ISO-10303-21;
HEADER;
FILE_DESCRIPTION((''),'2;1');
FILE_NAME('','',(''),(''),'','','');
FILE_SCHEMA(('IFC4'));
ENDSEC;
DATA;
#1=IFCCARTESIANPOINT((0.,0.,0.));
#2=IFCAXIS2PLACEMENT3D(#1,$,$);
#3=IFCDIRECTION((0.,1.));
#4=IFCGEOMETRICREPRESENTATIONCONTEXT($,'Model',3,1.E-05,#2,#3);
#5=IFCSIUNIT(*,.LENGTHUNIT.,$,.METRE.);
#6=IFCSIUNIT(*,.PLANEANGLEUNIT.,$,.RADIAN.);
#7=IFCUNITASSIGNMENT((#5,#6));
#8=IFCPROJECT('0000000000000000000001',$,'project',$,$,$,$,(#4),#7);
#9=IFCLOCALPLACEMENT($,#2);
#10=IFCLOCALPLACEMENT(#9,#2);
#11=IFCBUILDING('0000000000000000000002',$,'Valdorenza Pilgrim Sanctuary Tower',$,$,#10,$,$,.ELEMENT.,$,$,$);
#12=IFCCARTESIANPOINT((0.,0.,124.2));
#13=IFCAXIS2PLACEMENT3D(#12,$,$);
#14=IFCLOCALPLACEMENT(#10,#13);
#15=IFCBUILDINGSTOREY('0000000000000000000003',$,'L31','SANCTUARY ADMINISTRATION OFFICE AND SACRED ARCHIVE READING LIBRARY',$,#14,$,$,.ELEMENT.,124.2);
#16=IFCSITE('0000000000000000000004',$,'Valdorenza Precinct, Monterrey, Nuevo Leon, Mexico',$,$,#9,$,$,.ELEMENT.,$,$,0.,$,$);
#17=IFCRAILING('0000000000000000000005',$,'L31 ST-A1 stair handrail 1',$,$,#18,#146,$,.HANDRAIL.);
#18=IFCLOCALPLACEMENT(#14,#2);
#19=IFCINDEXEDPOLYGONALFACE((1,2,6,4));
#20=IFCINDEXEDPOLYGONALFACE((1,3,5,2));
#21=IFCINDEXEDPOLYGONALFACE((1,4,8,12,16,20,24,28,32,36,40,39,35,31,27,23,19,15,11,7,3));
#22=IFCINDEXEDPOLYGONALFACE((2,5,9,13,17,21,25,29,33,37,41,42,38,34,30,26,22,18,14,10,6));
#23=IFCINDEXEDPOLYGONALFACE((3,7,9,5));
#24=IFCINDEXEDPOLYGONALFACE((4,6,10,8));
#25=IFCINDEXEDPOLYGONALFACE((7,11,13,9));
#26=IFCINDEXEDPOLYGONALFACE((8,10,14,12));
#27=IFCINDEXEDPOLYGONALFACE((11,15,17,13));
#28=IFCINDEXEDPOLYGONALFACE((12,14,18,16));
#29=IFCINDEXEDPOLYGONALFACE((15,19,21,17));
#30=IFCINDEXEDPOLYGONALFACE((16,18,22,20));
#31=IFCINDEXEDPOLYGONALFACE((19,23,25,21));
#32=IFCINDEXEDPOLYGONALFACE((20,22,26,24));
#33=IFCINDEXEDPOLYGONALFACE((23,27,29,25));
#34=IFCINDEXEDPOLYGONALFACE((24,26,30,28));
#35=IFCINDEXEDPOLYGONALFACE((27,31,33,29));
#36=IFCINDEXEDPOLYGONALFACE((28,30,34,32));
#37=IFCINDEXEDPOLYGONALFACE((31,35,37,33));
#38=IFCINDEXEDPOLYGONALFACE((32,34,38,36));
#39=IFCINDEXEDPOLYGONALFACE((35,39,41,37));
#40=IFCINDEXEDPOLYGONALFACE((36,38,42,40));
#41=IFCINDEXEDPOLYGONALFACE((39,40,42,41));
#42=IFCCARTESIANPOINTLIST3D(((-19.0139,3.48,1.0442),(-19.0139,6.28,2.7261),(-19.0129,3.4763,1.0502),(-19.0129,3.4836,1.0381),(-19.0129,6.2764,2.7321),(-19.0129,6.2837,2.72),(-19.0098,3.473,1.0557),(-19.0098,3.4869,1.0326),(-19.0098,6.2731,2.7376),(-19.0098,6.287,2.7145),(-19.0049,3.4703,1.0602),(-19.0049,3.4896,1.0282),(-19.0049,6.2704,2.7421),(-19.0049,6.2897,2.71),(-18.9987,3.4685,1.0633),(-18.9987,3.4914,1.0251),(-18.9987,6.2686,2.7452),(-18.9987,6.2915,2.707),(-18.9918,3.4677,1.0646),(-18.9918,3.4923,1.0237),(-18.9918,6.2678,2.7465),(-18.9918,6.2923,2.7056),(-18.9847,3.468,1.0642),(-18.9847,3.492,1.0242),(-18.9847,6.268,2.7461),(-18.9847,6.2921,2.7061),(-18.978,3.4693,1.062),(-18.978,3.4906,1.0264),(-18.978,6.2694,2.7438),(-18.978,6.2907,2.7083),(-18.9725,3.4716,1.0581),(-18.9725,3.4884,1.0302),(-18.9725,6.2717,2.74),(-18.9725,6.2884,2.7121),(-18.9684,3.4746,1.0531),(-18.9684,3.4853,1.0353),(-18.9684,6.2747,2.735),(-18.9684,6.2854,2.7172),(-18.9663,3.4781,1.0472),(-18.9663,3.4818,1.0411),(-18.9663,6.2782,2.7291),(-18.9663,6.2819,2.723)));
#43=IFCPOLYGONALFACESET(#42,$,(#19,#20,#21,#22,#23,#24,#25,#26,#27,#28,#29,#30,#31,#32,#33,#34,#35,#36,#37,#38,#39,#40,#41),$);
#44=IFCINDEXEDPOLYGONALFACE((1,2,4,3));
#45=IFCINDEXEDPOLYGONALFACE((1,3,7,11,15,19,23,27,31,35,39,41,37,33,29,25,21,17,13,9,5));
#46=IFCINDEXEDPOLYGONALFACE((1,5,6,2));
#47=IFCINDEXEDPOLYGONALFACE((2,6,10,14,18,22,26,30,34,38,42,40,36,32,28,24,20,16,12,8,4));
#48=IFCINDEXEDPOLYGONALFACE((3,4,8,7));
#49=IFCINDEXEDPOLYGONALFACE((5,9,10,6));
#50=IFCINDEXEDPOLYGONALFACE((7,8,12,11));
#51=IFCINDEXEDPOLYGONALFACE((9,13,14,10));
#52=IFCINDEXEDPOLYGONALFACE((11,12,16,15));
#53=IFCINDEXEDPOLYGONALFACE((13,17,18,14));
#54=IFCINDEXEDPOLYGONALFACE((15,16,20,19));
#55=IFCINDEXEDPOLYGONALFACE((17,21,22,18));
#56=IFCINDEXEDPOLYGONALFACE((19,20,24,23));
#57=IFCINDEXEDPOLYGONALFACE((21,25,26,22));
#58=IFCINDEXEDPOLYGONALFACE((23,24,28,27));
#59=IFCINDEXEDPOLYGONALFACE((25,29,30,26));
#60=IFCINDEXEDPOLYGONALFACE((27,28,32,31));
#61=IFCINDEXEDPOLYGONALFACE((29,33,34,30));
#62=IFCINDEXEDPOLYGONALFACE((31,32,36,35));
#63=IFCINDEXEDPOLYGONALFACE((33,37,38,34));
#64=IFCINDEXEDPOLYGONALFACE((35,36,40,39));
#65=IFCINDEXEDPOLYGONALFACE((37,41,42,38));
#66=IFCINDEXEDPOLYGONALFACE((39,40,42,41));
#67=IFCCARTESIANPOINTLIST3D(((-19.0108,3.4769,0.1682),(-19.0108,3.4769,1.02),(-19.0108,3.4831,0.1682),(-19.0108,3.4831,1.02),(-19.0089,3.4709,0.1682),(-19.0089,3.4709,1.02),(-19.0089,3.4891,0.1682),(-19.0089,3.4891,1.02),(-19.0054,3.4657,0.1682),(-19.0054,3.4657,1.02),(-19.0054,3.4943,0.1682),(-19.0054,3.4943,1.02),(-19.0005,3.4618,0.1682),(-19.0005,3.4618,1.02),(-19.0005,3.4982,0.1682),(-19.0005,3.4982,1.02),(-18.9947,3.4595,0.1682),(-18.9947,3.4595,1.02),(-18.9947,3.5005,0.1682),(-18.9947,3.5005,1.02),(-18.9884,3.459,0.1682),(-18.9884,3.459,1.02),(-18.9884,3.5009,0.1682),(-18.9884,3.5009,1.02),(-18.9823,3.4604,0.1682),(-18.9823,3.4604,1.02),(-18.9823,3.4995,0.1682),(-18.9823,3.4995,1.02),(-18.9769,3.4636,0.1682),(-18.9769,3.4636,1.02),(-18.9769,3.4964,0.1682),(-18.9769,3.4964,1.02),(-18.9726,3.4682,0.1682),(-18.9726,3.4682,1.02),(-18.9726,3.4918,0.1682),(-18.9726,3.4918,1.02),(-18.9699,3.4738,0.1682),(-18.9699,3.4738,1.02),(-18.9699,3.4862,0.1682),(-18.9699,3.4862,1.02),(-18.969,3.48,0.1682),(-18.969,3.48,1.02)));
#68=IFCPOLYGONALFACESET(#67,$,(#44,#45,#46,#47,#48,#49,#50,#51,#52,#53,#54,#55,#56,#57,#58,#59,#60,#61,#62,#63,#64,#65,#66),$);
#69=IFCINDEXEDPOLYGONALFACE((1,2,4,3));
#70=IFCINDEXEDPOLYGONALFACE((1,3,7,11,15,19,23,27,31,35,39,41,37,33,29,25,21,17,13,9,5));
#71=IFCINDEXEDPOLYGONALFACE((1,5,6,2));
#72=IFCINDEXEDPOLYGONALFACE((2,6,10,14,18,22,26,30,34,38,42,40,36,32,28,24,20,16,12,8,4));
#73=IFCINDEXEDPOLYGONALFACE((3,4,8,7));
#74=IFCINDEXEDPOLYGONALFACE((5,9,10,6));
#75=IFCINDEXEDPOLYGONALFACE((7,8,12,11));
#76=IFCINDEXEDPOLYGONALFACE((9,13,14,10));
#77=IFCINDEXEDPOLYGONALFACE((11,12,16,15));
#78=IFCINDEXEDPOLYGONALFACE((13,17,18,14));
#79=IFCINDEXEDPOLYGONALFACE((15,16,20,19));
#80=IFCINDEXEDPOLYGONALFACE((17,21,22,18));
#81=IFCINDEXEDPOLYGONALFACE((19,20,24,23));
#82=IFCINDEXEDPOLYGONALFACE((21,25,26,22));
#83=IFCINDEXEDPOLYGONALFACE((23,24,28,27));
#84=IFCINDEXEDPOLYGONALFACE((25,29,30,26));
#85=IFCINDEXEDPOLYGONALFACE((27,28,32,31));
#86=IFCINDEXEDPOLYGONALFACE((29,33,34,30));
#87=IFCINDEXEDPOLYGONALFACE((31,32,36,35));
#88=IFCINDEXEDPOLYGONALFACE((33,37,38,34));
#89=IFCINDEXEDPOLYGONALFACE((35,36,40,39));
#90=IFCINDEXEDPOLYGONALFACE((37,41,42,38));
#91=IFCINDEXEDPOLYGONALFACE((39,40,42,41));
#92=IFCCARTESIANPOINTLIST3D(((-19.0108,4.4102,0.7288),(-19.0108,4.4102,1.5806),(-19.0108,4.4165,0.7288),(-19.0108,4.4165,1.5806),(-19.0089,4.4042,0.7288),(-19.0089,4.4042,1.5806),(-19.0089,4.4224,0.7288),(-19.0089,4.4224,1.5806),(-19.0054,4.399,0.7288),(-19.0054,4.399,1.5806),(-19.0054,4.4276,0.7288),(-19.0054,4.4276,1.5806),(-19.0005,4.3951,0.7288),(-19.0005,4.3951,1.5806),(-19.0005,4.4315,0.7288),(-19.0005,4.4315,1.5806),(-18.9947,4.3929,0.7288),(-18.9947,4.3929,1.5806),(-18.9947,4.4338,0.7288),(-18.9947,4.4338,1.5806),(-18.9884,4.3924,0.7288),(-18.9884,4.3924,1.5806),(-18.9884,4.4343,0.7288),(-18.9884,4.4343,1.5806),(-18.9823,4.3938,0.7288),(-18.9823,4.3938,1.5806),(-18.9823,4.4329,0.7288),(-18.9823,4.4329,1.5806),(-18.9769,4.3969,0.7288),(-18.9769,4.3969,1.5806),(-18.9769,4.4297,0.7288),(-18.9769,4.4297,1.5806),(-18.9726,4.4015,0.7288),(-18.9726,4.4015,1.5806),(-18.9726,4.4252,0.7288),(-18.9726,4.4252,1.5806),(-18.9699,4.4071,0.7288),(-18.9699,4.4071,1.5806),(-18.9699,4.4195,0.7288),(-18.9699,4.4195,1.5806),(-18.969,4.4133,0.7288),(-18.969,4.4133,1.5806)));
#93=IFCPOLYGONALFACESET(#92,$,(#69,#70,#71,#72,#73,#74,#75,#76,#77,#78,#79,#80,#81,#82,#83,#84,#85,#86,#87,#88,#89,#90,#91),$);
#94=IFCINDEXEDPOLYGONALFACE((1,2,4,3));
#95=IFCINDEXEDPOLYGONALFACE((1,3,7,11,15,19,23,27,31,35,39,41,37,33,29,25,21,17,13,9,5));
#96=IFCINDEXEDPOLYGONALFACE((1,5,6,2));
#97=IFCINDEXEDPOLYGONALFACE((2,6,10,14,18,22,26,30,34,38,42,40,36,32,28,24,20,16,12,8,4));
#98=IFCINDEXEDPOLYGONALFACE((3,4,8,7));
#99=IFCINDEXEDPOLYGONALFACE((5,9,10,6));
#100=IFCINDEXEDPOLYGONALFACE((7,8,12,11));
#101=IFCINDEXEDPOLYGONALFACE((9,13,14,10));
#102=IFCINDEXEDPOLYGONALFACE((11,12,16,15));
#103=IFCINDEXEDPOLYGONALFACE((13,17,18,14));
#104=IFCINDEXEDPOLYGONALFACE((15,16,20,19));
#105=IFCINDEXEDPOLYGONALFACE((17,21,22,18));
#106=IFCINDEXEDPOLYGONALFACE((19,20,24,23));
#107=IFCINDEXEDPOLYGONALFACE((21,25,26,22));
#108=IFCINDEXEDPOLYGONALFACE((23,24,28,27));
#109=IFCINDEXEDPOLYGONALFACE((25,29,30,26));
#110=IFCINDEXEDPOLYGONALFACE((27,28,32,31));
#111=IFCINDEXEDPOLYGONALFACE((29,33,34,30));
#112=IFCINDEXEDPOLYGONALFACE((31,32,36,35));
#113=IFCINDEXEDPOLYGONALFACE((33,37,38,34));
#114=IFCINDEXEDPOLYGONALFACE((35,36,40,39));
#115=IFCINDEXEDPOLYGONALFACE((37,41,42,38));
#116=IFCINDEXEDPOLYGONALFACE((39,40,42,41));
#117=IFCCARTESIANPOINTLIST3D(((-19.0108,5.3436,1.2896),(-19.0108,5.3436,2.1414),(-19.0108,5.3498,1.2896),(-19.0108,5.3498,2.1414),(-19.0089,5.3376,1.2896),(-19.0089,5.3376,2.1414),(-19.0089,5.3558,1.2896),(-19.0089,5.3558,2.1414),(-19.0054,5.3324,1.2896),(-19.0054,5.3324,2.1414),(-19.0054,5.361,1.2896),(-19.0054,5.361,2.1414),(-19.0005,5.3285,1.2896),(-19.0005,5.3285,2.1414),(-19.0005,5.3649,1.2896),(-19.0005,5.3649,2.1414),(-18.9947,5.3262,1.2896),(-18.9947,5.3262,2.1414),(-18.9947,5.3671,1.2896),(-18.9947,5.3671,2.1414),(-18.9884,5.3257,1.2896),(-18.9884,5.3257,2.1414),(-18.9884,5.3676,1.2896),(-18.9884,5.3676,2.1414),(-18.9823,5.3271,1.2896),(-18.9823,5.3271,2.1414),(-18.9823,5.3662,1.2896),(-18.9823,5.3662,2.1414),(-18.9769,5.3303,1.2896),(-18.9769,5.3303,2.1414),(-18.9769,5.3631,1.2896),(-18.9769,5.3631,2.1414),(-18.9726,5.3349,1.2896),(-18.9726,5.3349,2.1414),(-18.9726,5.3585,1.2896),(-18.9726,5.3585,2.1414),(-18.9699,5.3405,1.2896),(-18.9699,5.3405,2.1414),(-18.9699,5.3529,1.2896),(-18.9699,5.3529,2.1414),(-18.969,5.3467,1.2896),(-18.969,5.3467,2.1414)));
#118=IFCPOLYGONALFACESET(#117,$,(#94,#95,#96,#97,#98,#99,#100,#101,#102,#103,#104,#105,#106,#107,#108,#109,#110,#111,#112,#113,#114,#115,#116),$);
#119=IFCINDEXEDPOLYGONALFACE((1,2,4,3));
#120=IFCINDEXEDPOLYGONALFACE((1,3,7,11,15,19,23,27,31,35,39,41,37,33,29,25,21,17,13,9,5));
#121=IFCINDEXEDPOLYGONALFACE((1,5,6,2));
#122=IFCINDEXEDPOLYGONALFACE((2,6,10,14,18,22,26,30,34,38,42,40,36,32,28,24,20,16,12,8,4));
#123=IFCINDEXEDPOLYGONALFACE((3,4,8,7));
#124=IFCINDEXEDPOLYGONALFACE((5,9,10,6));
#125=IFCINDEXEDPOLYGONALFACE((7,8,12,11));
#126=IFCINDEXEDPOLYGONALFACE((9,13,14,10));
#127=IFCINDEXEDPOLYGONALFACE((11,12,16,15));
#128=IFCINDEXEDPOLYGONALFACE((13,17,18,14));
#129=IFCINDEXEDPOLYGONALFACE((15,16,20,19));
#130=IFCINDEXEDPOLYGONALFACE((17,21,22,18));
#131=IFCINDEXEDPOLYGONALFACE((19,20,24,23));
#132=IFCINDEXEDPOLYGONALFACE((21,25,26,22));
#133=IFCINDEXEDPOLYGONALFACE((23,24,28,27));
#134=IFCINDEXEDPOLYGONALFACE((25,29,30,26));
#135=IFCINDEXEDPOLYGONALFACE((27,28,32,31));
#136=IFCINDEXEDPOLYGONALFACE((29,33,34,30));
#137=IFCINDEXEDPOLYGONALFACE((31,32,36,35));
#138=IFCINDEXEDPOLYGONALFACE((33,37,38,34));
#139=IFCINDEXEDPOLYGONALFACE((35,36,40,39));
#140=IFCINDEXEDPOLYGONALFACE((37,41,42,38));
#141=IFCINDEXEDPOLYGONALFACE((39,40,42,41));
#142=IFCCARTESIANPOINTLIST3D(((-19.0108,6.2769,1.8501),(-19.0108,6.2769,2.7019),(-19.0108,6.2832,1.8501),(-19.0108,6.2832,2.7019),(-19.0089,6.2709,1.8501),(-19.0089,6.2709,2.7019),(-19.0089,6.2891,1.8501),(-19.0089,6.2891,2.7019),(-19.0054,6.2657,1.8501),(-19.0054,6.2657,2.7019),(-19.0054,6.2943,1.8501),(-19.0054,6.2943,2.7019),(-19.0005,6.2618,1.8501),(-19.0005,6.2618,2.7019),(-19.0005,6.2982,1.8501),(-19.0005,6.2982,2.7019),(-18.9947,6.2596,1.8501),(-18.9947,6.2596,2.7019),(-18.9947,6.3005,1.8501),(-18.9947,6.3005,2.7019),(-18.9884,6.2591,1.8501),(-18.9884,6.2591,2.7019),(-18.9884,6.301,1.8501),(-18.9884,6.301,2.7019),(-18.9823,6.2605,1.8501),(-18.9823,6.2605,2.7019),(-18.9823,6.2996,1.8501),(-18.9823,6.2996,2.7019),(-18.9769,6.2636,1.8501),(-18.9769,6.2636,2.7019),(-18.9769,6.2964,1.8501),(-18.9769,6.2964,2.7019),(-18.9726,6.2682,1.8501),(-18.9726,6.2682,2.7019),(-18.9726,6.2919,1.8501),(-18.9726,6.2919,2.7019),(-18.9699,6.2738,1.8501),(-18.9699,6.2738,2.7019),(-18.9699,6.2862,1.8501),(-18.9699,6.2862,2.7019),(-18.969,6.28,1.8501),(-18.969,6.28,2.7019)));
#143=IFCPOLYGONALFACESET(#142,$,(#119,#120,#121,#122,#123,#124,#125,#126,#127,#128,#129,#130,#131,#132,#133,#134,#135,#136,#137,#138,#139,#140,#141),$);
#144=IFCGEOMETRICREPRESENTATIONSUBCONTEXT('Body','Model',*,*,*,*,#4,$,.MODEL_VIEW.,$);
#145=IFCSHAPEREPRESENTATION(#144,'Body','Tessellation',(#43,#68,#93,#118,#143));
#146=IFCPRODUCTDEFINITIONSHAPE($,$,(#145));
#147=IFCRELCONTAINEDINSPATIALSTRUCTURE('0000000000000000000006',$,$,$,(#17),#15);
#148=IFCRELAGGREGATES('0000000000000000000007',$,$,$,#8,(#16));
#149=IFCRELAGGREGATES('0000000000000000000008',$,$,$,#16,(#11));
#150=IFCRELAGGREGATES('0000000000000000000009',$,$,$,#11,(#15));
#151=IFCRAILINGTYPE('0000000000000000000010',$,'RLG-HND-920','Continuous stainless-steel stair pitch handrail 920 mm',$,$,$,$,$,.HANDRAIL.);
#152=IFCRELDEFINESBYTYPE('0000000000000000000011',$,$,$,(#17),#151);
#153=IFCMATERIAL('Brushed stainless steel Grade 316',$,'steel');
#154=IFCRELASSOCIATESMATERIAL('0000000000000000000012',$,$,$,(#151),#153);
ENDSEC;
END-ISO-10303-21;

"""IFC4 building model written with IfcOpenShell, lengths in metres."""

from ifc_helpers import new_model, si_unit, direction, frame, origin, origin_2d, place, context, subcontext, project, spatial, circle, extrude, material, type_object, element, save


model = new_model("IFC4")

# Units and contexts
model_context = context("Model", 3, precision=1e-05, world=origin(), true_north=direction((0.0, 1.0)))
body_context = subcontext(model_context, "Body", "Model", "MODEL_VIEW")
ifc_project = project(units=[si_unit("LENGTHUNIT", "METRE"), si_unit("PLANEANGLEUNIT", "RADIAN")], contexts=[model_context])

# Site, building, storey
site_placement = place(None, origin())
site = spatial("IfcSite", under=ifc_project, at=site_placement, Name="Valdorenza Precinct, Monterrey, Nuevo Leon, Mexico", CompositionType="ELEMENT", RefElevation=0.0)
building_placement = place(site_placement, origin())
building = spatial("IfcBuilding", under=site, at=building_placement, Name="Valdorenza Pilgrim Sanctuary Tower", CompositionType="ELEMENT")
storey_placement = place(building_placement, frame((0.0, 0.0, 124.2)))
storey = spatial("IfcBuildingStorey", under=building, at=storey_placement, Name="L31", Description="SANCTUARY ADMINISTRATION OFFICE AND SACRED ARCHIVE READING LIBRARY", CompositionType="ELEMENT", Elevation=124.2)

# Railing
ifc_material_1 = material(Name="Brushed stainless steel Grade 316", Category="steel")
railing_type_1 = type_object("IfcRailingType", Name="RLG-HND-920", Description="Continuous stainless-steel stair pitch handrail 920 mm", PredefinedType="HANDRAIL", material=ifc_material_1)
railing_1_placement = place(storey_placement, frame((-18.99, 3.48, 0.1682)))
element("IfcRailing", 1, at=railing_1_placement, inside=storey, type_object=railing_type_1, Name="L31 ST-A1 stair handrail 1", PredefinedType="HANDRAIL", context=body_context, shape_type="SweptSolid", body=[
    extrude(circle(Radius=0.0239, at=origin_2d()), frame((0.0, 0.0, 0.876), z_axis=(0.0, 0.857242, 0.514913), x_axis=(-1.0, 0.0, 0.0)), (0.0, 0.0, 1.0), 3.2664),
    extrude(circle(Radius=0.021, at=origin_2d()), origin(), (0.0, 0.0, 1.0), 0.8518),
    extrude(circle(Radius=0.021, at=origin_2d()), frame((0.0, 0.9333, 0.5605)), (0.0, 0.0, 1.0), 0.8518),
    extrude(circle(Radius=0.021, at=origin_2d()), frame((0.0, 1.8667, 1.1213)), (0.0, 0.0, 1.0), 0.8518),
    extrude(circle(Radius=0.021, at=origin_2d()), frame((0.0, 2.8, 1.6819)), (0.0, 0.0, 1.0), 0.8518),
])

save(model, "model.ifc")
